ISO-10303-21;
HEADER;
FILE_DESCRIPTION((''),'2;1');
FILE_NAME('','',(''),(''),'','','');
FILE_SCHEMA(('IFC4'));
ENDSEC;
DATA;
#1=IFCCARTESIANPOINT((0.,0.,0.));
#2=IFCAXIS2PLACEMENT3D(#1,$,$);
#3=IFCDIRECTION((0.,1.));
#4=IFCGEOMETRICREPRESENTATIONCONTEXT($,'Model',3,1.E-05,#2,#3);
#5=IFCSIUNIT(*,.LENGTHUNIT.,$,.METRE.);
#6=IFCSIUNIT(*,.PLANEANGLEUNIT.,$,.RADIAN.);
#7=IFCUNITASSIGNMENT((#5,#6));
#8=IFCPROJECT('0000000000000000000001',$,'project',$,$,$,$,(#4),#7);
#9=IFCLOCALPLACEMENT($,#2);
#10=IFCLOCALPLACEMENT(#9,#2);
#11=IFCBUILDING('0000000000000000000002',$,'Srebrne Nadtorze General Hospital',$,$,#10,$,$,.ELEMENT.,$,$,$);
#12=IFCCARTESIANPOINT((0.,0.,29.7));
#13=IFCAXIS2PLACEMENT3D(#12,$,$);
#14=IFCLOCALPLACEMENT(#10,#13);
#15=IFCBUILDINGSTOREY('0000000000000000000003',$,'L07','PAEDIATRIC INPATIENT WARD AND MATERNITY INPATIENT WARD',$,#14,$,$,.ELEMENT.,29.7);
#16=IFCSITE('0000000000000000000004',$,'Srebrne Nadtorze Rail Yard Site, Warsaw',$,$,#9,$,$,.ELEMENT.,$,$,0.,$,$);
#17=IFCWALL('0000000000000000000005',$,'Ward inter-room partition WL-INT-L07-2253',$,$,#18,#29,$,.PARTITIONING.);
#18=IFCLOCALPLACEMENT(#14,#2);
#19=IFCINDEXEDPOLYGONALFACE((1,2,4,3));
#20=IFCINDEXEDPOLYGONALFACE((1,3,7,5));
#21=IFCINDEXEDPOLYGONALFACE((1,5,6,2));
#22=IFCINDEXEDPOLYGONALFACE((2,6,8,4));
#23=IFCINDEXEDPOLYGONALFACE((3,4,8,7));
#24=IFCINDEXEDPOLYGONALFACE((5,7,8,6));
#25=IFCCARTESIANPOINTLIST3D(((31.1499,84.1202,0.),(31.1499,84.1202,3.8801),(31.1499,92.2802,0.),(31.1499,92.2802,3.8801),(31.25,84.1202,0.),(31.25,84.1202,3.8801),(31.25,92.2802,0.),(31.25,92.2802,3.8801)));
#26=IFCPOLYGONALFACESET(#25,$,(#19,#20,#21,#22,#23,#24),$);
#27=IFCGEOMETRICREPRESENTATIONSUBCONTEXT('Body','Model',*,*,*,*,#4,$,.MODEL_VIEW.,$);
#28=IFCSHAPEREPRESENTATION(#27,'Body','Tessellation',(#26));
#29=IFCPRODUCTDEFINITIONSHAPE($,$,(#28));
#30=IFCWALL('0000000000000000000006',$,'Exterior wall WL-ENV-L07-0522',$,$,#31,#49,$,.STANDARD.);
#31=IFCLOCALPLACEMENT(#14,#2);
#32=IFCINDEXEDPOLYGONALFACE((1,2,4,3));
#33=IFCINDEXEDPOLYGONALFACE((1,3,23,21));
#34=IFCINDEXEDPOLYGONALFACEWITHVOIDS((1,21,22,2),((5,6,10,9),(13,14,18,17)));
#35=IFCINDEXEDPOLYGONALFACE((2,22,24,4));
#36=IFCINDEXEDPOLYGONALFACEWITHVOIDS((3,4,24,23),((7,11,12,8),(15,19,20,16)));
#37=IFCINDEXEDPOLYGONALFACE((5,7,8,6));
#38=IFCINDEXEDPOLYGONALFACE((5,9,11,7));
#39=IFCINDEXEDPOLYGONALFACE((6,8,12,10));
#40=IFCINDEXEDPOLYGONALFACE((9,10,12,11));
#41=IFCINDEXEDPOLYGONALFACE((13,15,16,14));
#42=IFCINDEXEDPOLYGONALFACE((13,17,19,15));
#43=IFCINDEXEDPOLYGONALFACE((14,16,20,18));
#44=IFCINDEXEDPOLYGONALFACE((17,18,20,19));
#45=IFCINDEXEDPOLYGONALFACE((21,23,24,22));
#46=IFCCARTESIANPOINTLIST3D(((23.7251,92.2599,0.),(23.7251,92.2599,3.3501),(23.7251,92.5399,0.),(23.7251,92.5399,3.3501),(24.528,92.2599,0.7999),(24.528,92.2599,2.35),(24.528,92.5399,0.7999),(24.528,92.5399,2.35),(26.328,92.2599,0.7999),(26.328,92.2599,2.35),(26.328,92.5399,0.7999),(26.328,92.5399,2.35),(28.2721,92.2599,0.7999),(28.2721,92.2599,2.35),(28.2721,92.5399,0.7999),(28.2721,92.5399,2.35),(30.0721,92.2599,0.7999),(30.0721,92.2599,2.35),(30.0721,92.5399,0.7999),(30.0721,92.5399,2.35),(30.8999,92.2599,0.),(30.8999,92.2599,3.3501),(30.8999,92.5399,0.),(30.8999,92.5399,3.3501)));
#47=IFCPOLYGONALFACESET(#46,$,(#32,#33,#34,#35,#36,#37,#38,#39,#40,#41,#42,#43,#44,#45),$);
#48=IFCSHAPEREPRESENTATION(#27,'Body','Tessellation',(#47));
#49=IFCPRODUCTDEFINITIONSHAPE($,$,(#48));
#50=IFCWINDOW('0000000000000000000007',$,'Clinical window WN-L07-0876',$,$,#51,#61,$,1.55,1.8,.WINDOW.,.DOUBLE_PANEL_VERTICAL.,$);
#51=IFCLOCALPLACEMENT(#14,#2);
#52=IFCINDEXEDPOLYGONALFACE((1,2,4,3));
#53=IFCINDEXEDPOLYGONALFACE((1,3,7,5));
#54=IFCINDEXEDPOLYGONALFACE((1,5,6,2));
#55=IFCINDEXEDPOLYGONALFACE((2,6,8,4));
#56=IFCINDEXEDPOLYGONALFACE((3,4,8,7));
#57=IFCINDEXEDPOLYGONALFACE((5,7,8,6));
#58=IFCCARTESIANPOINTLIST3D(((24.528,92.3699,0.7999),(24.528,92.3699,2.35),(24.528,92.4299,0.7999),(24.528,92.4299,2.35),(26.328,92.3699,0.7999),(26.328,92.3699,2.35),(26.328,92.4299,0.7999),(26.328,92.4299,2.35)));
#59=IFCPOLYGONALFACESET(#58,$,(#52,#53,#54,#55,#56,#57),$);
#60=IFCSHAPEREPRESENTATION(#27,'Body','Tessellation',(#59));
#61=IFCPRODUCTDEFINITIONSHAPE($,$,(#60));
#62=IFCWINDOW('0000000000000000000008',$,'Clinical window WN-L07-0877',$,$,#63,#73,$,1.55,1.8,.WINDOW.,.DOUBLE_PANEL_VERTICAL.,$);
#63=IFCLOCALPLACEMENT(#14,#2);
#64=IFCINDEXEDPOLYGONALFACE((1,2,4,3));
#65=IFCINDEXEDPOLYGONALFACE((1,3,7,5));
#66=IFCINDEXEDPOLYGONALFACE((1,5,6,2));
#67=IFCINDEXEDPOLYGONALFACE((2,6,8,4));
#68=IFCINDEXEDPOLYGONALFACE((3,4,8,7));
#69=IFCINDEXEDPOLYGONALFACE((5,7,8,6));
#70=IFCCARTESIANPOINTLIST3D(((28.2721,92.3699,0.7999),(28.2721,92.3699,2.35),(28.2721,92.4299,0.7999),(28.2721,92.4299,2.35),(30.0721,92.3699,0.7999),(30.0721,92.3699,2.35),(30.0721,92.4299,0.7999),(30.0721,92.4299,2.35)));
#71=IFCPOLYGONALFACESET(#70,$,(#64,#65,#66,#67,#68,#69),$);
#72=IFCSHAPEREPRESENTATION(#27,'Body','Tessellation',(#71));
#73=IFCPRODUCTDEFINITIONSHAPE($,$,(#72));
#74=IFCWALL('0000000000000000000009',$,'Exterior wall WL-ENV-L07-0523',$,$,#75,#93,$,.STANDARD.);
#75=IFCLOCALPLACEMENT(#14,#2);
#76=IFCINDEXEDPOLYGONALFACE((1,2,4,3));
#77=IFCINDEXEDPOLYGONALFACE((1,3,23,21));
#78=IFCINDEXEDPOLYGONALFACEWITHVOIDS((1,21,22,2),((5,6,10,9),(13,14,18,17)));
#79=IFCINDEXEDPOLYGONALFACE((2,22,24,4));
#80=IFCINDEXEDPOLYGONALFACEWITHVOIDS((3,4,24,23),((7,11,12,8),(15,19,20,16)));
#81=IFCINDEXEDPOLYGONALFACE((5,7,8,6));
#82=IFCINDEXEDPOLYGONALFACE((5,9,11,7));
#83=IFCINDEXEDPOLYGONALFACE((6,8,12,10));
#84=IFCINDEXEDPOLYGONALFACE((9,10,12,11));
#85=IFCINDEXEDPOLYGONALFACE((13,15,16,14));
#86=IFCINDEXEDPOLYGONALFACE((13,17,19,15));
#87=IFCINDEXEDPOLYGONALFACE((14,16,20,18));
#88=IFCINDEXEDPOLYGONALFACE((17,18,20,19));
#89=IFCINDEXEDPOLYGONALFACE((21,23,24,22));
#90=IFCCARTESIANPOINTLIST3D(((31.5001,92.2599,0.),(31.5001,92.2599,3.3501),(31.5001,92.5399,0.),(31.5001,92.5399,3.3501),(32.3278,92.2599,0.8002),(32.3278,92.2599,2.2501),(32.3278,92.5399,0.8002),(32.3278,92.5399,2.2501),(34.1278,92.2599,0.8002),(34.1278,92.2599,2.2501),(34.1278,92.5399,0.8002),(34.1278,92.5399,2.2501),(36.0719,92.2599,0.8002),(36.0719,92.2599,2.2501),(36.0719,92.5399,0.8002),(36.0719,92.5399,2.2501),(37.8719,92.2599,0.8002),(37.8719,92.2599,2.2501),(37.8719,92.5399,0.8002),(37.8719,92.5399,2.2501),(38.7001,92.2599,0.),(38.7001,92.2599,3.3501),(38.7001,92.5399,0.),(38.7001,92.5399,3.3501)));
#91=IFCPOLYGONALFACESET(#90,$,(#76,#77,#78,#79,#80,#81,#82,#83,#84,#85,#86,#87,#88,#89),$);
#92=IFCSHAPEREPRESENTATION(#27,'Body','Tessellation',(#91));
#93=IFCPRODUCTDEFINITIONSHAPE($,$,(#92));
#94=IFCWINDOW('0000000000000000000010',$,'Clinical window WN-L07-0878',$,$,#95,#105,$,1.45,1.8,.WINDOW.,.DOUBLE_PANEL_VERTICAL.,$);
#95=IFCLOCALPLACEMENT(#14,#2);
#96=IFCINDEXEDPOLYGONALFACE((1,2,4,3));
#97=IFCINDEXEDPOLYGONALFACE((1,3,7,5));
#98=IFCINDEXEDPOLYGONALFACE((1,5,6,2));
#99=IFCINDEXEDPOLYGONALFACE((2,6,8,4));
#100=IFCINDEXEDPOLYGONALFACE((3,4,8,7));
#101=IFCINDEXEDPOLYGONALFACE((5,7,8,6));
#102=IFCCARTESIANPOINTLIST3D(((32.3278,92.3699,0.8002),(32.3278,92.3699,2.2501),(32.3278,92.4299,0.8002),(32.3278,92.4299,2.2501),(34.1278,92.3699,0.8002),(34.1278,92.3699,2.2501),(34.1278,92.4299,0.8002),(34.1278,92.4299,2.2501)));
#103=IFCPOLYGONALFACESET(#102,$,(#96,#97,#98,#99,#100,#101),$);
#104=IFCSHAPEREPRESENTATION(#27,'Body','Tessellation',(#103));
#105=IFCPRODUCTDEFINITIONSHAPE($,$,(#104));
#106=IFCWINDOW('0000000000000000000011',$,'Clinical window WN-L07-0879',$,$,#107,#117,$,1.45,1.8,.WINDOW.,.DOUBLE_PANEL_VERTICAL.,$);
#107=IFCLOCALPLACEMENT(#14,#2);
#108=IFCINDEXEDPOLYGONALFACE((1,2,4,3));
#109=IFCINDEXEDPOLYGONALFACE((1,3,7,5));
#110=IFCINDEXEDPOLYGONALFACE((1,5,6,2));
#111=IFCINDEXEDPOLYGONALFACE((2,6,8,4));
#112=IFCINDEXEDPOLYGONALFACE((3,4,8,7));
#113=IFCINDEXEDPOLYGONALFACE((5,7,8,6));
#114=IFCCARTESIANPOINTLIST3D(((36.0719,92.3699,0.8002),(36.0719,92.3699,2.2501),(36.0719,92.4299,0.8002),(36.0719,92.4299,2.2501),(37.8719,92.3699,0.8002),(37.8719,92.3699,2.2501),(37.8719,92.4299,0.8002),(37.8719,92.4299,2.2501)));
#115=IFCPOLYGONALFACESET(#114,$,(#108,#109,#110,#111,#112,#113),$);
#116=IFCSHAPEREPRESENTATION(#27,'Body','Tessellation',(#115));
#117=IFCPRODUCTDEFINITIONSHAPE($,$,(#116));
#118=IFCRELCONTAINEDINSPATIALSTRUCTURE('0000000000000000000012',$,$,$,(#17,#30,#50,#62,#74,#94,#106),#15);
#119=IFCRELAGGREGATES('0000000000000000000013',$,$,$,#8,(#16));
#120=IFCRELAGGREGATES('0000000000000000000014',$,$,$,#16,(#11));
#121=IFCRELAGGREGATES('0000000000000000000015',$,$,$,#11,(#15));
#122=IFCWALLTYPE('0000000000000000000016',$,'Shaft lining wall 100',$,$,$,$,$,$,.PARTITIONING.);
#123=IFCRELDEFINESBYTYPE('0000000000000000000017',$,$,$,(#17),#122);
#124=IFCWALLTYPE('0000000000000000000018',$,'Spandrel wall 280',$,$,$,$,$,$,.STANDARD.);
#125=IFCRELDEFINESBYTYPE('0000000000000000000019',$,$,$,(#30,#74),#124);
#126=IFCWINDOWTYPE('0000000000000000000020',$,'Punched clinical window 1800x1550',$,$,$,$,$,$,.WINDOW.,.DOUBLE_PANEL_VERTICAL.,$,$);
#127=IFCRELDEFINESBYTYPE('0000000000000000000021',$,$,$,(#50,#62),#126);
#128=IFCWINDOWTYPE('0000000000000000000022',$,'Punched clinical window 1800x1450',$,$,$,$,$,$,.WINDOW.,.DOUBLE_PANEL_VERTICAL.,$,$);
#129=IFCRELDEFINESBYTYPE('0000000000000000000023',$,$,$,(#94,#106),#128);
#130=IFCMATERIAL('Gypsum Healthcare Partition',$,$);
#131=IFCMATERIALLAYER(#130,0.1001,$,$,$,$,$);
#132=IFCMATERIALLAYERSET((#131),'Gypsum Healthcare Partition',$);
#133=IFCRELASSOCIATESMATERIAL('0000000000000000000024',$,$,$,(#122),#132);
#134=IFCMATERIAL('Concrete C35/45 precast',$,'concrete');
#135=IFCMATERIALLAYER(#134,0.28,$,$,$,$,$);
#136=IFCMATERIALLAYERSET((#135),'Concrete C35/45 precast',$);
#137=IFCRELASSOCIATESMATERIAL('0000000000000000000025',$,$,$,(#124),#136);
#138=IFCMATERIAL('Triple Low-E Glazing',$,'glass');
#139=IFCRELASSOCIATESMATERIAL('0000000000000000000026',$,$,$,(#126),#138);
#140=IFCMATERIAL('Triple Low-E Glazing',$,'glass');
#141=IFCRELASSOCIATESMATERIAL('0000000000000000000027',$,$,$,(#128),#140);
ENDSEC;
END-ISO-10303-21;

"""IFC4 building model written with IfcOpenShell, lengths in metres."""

from ifc_helpers import new_model, si_unit, direction, frame, frame_2d, origin, place, context, subcontext, project, spatial, rectangle, extrude, material, layer, layer_set, type_object, element, fill, save


model = new_model("IFC4")

# Units and contexts
model_context = context("Model", 3, precision=1e-05, world=origin(), true_north=direction((0.0, 1.0)))
body_context = subcontext(model_context, "Body", "Model", "MODEL_VIEW")
ifc_project = project(units=[si_unit("LENGTHUNIT", "METRE"), si_unit("PLANEANGLEUNIT", "RADIAN")], contexts=[model_context])

# Site, building, storey
site_placement = place(None, origin())
site = spatial("IfcSite", under=ifc_project, at=site_placement, Name="Srebrne Nadtorze Rail Yard Site, Warsaw", CompositionType="ELEMENT", RefElevation=0.0)
building_placement = place(site_placement, origin())
building = spatial("IfcBuilding", under=site, at=building_placement, Name="Srebrne Nadtorze General Hospital", CompositionType="ELEMENT")
storey_placement = place(building_placement, frame((0.0, 0.0, 29.7)))
storey = spatial("IfcBuildingStorey", under=building, at=storey_placement, Name="L07", Description="PAEDIATRIC INPATIENT WARD AND MATERNITY INPATIENT WARD", CompositionType="ELEMENT", Elevation=29.7)

# Wall
ifc_material_1 = material(Name="Gypsum Healthcare Partition")
ifc_layer_1 = layer(ifc_material_1, 0.1001)
ifc_layer_set_1 = layer_set([ifc_layer_1], Name="Gypsum Healthcare Partition")
wall_type_1 = type_object("IfcWallType", Name="Shaft lining wall 100", PredefinedType="PARTITIONING", material=ifc_layer_set_1)
wall_1_placement = place(storey_placement, frame((31.2, 84.1201, 0.0), z_axis=(0.0, 0.0, 1.0), x_axis=(0.0, 1.0, 0.0)))
element("IfcWall", 1, at=wall_1_placement, inside=storey, type_object=wall_type_1, Name="Ward inter-room partition WL-INT-L07-2253", PredefinedType="PARTITIONING", context=body_context, shape_type="SweptSolid", body=[
    extrude(rectangle(XDim=8.1599, YDim=0.1001, at=frame_2d((4.0801, 0.0))), origin(), (0.0, 0.0, 1.0), 3.8801),
])

# Walls, openings, windows
ifc_material_2 = material(Name="Concrete C35/45 precast", Category="concrete")
ifc_layer_2 = layer(ifc_material_2, 0.28)
ifc_layer_set_2 = layer_set([ifc_layer_2], Name="Concrete C35/45 precast")
wall_type_2 = type_object("IfcWallType", Name="Spandrel wall 280", PredefinedType="STANDARD", material=ifc_layer_set_2)
wall_2_placement = place(storey_placement, frame((23.7251, 92.3999, 0.0), z_axis=(0.0, 0.0, 1.0), x_axis=(1.0, 0.0, 0.0)))
wall_2 = element("IfcWall", 2, at=wall_2_placement, inside=storey, type_object=wall_type_2, Name="Exterior wall WL-ENV-L07-0522", PredefinedType="STANDARD", context=body_context, shape_type="SweptSolid", body=[
    extrude(rectangle(XDim=7.1748, YDim=0.28, at=frame_2d((3.5874, 0.0))), origin(), (0.0, 0.0, 1.0), 3.3501),
])
opening_1_placement = place(wall_2_placement, frame((0.803, 0.0, 0.8)))
opening_1 = element("IfcOpeningElement", 3, at=opening_1_placement, cuts=wall_2, PredefinedType="OPENING", context=body_context, shape_type="SweptSolid", body=[
    extrude(rectangle(XDim=1.8, YDim=1.55, at=frame_2d((0.8999, 0.7749))), frame((0.0, 0.1519, 0.0), z_axis=(0.0, -1.0, 0.0), x_axis=(1.0, 0.0, 0.0)), (0.0, 0.0, 1.0), 0.304),
])
opening_2_placement = place(wall_2_placement, frame((4.5471, 0.0, 0.8)))
opening_2 = element("IfcOpeningElement", 4, at=opening_2_placement, cuts=wall_2, PredefinedType="OPENING", context=body_context, shape_type="SweptSolid", body=[
    extrude(rectangle(XDim=1.8, YDim=1.55, at=frame_2d((0.8999, 0.7749))), frame((0.0, 0.1519, 0.0), z_axis=(0.0, -1.0, 0.0), x_axis=(1.0, 0.0, 0.0)), (0.0, 0.0, 1.0), 0.304),
])
ifc_material_3 = material(Name="Triple Low-E Glazing", Category="glass")
window_type_1 = type_object("IfcWindowType", Name="Punched clinical window 1800x1550", PartitioningType="DOUBLE_PANEL_VERTICAL", PredefinedType="WINDOW", material=ifc_material_3)
window_1_placement = place(opening_1_placement, origin())
window_1 = element("IfcWindow", 5, at=window_1_placement, inside=storey, type_object=window_type_1, Name="Clinical window WN-L07-0876", OverallHeight=1.55, OverallWidth=1.8, PartitioningType="DOUBLE_PANEL_VERTICAL", PredefinedType="WINDOW", context=body_context, shape_type="SweptSolid", body=[
    extrude(rectangle(XDim=1.8, YDim=1.55, at=frame_2d((0.8999, 0.7749))), frame((0.0, 0.03, 0.0), z_axis=(0.0, -1.0, 0.0), x_axis=(1.0, 0.0, 0.0)), (0.0, 0.0, 1.0), 0.0601),
])
fill(opening_1, window_1)
window_2_placement = place(opening_2_placement, origin())
window_2 = element("IfcWindow", 6, at=window_2_placement, inside=storey, type_object=window_type_1, Name="Clinical window WN-L07-0877", OverallHeight=1.55, OverallWidth=1.8, PartitioningType="DOUBLE_PANEL_VERTICAL", PredefinedType="WINDOW", context=body_context, shape_type="SweptSolid", body=[
    extrude(rectangle(XDim=1.8, YDim=1.55, at=frame_2d((0.8999, 0.7749))), frame((0.0, 0.03, 0.0), z_axis=(0.0, -1.0, 0.0), x_axis=(1.0, 0.0, 0.0)), (0.0, 0.0, 1.0), 0.0601),
])
fill(opening_2, window_2)
wall_3_placement = place(storey_placement, frame((31.5, 92.3999, 0.0), z_axis=(0.0, 0.0, 1.0), x_axis=(1.0, 0.0, 0.0)))
wall_3 = element("IfcWall", 7, at=wall_3_placement, inside=storey, type_object=wall_type_2, Name="Exterior wall WL-ENV-L07-0523", PredefinedType="STANDARD", context=body_context, shape_type="SweptSolid", body=[
    extrude(rectangle(XDim=7.2, YDim=0.28, at=frame_2d((3.6001, 0.0))), origin(), (0.0, 0.0, 1.0), 3.3501),
])
opening_3_placement = place(wall_3_placement, frame((0.8279, 0.0, 0.8)))
opening_3 = element("IfcOpeningElement", 8, at=opening_3_placement, cuts=wall_3, PredefinedType="OPENING", context=body_context, shape_type="SweptSolid", body=[
    extrude(rectangle(XDim=1.8, YDim=1.45, at=frame_2d((0.8999, 0.7251))), frame((0.0, 0.1519, 0.0), z_axis=(0.0, -1.0, 0.0), x_axis=(1.0, 0.0, 0.0)), (0.0, 0.0, 1.0), 0.304),
])
opening_4_placement = place(wall_3_placement, frame((4.572, 0.0, 0.8)))
opening_4 = element("IfcOpeningElement", 9, at=opening_4_placement, cuts=wall_3, PredefinedType="OPENING", context=body_context, shape_type="SweptSolid", body=[
    extrude(rectangle(XDim=1.8, YDim=1.45, at=frame_2d((0.8999, 0.7251))), frame((0.0, 0.1519, 0.0), z_axis=(0.0, -1.0, 0.0), x_axis=(1.0, 0.0, 0.0)), (0.0, 0.0, 1.0), 0.304),
])
ifc_material_4 = material(Name="Triple Low-E Glazing", Category="glass")
window_type_2 = type_object("IfcWindowType", Name="Punched clinical window 1800x1450", PartitioningType="DOUBLE_PANEL_VERTICAL", PredefinedType="WINDOW", material=ifc_material_4)
window_3_placement = place(opening_3_placement, origin())
window_3 = element("IfcWindow", 10, at=window_3_placement, inside=storey, type_object=window_type_2, Name="Clinical window WN-L07-0878", OverallHeight=1.45, OverallWidth=1.8, PartitioningType="DOUBLE_PANEL_VERTICAL", PredefinedType="WINDOW", context=body_context, shape_type="SweptSolid", body=[
    extrude(rectangle(XDim=1.8, YDim=1.45, at=frame_2d((0.8999, 0.7251))), frame((0.0, 0.03, 0.0), z_axis=(0.0, -1.0, 0.0), x_axis=(1.0, 0.0, 0.0)), (0.0, 0.0, 1.0), 0.0601),
])
fill(opening_3, window_3)
window_4_placement = place(opening_4_placement, origin())
window_4 = element("IfcWindow", 11, at=window_4_placement, inside=storey, type_object=window_type_2, Name="Clinical window WN-L07-0879", OverallHeight=1.45, OverallWidth=1.8, PartitioningType="DOUBLE_PANEL_VERTICAL", PredefinedType="WINDOW", context=body_context, shape_type="SweptSolid", body=[
    extrude(rectangle(XDim=1.8, YDim=1.45, at=frame_2d((0.8999, 0.7251))), frame((0.0, 0.03, 0.0), z_axis=(0.0, -1.0, 0.0), x_axis=(1.0, 0.0, 0.0)), (0.0, 0.0, 1.0), 0.0601),
])
fill(opening_4, window_4)

save(model, "model.ifc")
